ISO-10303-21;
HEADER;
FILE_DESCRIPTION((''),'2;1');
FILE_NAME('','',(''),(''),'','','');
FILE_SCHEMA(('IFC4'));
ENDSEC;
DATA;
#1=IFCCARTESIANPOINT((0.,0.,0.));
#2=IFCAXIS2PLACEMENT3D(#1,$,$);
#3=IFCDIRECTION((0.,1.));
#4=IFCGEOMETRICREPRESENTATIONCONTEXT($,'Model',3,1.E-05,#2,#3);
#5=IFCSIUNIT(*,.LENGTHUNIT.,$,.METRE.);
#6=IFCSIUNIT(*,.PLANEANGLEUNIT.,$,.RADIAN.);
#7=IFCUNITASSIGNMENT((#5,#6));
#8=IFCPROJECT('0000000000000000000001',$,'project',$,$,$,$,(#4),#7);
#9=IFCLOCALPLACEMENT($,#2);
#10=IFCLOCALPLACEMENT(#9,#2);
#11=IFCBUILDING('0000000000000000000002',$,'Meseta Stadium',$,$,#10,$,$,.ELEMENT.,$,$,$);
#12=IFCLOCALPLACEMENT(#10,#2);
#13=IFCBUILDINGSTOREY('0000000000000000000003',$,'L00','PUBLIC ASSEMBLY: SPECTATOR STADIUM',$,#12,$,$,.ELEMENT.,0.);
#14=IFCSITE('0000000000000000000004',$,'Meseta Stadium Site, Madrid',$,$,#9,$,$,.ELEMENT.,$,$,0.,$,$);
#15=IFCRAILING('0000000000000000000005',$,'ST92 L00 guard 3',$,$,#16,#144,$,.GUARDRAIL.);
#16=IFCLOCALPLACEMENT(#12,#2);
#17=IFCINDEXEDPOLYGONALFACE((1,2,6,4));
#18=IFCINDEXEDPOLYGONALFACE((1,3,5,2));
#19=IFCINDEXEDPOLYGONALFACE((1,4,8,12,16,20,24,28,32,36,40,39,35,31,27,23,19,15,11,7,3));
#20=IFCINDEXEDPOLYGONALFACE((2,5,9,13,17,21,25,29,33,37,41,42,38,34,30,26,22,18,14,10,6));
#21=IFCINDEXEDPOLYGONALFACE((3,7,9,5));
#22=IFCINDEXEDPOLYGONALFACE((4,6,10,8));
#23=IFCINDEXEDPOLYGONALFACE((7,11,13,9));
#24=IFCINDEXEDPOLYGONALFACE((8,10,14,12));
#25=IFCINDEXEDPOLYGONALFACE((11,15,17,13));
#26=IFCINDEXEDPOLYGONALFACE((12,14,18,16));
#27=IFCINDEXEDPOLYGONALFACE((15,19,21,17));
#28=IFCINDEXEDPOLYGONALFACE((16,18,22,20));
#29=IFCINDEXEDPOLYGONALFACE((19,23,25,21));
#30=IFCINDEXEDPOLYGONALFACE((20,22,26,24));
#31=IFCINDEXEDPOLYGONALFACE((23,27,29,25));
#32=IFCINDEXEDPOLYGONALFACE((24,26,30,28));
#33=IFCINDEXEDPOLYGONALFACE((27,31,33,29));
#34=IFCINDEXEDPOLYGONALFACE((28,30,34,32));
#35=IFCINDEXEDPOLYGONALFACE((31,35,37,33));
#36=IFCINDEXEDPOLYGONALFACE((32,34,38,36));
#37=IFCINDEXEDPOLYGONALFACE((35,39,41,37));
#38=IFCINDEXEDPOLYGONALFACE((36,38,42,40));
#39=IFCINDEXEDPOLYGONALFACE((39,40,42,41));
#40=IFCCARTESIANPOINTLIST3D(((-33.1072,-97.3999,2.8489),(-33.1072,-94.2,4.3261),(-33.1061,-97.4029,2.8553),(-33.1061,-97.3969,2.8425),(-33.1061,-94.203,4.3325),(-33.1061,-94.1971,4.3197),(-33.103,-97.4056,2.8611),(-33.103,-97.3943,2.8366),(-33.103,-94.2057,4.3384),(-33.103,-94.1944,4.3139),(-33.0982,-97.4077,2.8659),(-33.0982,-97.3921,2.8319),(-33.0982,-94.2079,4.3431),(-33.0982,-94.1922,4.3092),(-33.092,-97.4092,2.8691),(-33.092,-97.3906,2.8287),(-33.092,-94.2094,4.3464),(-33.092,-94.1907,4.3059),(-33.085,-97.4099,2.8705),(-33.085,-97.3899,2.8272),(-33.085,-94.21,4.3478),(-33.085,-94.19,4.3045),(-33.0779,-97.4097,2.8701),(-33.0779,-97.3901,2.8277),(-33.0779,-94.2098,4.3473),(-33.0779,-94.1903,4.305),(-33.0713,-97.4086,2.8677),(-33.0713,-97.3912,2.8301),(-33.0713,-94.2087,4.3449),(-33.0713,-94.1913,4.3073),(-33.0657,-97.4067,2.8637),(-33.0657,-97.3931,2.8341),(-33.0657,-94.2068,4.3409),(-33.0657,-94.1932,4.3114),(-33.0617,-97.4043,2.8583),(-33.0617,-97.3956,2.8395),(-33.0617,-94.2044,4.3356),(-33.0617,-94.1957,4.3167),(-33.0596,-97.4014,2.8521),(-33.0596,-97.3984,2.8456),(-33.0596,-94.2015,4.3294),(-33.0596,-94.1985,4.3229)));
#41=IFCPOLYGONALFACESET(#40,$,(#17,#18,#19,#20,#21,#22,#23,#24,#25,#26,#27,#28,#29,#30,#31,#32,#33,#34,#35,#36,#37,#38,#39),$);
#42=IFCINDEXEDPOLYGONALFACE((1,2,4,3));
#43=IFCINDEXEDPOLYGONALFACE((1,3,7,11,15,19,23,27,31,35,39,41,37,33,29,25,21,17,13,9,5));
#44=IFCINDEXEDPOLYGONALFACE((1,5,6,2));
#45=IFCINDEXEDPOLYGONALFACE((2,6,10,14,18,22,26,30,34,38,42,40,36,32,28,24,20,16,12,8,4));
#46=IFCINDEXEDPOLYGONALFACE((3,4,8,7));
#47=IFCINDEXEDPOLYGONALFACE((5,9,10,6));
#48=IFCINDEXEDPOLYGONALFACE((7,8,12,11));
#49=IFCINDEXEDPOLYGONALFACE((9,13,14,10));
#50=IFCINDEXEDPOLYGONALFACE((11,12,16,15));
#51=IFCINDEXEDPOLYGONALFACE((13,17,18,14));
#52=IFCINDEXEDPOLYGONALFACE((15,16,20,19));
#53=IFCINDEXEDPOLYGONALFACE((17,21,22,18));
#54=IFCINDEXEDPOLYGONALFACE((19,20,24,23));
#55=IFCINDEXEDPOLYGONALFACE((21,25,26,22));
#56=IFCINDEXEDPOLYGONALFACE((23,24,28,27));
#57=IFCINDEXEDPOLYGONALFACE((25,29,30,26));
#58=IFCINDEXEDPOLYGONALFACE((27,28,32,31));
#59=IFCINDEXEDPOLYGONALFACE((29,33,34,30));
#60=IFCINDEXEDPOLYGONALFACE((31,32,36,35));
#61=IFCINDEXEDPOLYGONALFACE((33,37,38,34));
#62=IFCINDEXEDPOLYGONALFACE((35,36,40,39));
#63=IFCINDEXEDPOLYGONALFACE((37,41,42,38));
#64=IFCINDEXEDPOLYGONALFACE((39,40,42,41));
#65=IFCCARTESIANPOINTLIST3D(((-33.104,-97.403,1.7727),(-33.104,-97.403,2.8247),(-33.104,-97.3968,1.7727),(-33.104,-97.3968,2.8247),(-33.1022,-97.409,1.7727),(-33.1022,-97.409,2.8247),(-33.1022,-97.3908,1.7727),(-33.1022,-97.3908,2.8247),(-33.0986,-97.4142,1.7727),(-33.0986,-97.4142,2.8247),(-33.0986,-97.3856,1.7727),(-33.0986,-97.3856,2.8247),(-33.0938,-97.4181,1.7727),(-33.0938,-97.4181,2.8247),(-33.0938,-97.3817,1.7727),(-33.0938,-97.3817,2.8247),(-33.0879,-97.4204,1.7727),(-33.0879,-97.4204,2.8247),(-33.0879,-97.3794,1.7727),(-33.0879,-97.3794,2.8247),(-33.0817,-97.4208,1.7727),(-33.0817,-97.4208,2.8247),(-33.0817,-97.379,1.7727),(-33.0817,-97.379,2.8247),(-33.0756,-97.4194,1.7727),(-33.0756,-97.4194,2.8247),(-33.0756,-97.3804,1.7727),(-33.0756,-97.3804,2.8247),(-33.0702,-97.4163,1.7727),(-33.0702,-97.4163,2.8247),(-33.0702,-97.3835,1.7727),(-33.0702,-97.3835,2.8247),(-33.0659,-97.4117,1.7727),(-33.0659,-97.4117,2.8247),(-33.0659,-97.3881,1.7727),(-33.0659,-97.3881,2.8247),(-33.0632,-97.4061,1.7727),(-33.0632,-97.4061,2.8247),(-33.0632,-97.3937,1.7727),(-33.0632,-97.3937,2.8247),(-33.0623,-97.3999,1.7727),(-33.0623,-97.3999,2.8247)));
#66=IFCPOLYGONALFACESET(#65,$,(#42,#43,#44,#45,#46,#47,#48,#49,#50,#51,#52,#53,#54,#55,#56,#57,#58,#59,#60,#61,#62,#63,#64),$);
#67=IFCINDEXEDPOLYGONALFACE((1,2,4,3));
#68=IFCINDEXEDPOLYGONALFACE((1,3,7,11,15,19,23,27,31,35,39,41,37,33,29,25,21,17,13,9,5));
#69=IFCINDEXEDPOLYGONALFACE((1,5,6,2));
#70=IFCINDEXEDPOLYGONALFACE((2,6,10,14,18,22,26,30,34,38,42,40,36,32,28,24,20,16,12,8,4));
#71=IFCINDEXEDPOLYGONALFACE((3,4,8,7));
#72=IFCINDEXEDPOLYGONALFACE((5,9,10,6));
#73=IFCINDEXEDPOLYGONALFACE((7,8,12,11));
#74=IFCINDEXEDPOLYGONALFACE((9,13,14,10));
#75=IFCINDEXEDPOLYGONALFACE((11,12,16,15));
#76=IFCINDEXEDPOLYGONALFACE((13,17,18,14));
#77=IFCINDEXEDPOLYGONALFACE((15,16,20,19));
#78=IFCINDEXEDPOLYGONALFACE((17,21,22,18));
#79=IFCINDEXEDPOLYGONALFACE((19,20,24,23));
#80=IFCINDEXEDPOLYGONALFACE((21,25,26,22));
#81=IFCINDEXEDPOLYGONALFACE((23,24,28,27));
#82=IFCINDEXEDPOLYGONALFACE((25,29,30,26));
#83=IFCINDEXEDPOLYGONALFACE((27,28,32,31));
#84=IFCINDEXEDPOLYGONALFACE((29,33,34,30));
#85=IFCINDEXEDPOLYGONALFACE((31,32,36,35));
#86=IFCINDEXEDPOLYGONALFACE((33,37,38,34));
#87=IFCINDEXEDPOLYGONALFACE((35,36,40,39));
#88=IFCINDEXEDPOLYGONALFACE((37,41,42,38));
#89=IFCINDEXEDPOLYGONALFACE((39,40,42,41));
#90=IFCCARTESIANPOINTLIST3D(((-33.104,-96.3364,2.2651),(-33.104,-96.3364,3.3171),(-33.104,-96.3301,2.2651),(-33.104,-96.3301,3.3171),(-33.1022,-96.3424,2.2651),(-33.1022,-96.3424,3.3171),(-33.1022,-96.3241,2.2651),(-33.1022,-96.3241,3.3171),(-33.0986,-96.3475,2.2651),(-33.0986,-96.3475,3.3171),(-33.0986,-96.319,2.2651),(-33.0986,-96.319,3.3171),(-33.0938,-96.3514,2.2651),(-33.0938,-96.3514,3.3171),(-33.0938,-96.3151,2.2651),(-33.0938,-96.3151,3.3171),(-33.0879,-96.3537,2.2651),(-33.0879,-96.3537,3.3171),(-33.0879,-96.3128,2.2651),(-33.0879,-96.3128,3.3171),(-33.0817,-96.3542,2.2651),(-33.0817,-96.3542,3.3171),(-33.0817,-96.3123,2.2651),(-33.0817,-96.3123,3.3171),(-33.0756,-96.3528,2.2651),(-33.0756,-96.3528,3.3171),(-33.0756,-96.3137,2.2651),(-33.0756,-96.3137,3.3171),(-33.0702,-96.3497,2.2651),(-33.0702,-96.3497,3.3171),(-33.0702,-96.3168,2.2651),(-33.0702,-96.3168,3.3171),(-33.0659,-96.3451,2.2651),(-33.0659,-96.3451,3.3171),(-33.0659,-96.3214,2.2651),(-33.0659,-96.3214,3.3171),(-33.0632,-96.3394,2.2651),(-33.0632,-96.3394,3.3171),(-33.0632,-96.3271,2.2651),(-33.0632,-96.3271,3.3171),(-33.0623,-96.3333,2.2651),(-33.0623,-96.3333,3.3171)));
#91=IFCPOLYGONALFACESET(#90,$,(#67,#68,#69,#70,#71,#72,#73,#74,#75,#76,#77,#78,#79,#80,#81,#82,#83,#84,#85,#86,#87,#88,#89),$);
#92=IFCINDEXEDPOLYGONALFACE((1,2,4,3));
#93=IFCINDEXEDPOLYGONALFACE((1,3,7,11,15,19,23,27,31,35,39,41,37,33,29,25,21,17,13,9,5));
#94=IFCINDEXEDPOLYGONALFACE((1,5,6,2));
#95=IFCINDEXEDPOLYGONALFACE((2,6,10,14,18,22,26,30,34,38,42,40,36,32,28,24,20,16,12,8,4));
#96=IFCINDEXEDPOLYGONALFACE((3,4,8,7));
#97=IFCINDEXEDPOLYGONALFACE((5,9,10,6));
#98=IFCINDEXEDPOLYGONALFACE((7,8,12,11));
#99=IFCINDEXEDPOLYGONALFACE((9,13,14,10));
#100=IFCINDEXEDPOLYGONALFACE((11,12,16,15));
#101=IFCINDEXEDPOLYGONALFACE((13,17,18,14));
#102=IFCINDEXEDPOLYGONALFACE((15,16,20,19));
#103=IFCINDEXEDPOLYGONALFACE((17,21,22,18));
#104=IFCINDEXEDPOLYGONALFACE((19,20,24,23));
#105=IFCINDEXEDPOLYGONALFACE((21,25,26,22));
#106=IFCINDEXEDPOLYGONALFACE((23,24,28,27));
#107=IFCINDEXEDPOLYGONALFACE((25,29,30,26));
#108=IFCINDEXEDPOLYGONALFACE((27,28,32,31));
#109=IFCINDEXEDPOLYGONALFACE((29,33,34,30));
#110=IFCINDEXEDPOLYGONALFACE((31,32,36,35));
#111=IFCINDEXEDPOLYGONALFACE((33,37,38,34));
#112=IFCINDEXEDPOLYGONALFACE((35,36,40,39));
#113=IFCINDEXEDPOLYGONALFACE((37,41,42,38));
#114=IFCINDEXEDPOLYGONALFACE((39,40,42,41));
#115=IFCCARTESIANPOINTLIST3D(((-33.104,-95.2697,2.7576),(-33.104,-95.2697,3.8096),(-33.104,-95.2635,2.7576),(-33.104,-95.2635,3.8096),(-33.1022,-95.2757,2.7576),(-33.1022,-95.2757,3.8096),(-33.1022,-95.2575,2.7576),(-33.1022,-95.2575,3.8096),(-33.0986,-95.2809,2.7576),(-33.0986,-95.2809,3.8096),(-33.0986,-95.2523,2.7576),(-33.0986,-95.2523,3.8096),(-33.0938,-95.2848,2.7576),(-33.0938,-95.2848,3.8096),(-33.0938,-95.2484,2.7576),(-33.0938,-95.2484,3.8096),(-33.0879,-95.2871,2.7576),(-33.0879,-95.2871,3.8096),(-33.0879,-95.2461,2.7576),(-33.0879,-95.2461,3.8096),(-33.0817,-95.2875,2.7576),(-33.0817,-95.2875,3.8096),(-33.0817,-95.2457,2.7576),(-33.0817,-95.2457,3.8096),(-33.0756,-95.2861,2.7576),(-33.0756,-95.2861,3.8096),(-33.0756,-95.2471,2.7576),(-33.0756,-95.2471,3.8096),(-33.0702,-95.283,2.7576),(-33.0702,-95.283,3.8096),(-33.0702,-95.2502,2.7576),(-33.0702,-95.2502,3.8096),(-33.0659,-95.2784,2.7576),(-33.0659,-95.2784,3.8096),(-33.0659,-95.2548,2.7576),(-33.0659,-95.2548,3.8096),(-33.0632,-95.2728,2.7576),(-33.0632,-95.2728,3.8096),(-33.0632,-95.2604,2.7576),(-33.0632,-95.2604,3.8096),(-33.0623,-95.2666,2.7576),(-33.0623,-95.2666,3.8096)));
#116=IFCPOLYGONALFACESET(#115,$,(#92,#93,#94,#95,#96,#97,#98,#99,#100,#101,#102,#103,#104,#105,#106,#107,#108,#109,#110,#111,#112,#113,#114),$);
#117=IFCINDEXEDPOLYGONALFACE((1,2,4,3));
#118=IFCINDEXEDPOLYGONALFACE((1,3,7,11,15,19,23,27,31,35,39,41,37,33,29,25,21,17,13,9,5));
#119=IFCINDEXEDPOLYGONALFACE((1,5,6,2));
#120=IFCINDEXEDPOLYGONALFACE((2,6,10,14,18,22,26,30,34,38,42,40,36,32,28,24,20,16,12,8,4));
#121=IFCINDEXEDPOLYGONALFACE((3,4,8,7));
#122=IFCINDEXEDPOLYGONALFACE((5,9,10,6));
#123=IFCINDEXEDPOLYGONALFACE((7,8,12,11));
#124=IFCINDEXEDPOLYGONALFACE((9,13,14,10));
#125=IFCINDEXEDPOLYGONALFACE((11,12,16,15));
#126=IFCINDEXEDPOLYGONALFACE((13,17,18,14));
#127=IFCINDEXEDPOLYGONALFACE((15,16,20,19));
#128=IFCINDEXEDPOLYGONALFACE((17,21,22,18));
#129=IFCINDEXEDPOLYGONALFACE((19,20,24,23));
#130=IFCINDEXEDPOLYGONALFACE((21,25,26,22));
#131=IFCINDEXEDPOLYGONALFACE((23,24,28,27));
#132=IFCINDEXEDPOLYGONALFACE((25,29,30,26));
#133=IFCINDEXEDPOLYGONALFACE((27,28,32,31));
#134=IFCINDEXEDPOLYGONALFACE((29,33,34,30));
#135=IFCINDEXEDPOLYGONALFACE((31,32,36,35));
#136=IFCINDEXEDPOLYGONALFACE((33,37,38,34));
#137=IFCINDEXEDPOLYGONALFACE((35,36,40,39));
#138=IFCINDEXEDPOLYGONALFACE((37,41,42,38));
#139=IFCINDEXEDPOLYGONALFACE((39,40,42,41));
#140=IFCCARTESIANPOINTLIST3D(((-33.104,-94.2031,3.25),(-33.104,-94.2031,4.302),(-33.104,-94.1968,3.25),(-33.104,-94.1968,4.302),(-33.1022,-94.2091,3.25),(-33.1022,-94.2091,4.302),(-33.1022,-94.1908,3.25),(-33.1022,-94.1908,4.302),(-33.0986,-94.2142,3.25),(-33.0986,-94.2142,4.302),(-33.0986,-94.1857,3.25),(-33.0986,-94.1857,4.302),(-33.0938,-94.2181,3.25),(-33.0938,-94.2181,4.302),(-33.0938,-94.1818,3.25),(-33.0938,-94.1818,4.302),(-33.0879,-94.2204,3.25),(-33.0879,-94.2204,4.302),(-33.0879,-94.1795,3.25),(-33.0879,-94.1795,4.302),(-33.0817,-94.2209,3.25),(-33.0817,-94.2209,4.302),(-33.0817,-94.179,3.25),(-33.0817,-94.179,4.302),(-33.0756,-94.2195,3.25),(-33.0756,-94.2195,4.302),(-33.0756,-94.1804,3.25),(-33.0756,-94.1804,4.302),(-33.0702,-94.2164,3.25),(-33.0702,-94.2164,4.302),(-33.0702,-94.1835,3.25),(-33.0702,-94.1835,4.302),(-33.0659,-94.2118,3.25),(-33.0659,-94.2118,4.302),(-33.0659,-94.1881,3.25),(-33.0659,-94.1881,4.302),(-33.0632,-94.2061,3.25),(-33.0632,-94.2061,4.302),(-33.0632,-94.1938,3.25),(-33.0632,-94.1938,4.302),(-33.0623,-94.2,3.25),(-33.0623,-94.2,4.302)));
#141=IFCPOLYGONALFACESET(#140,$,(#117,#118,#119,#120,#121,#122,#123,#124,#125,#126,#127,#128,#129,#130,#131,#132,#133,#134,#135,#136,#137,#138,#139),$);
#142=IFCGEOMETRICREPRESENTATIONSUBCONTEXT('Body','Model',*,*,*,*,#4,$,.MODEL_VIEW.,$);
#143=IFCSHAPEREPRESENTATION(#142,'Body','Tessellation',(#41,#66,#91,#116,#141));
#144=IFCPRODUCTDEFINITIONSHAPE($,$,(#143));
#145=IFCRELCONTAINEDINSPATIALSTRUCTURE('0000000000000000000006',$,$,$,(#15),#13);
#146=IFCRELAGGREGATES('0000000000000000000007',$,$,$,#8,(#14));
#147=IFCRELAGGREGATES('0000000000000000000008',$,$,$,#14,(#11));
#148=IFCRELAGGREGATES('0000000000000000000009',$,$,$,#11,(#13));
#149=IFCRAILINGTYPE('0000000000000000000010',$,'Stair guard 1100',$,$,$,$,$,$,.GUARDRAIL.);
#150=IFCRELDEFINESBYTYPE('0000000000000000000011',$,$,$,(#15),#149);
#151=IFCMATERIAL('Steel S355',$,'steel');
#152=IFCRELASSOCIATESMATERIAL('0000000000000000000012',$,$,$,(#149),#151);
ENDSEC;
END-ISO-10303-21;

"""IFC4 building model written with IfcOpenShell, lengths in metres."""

from ifc_helpers import new_model, si_unit, direction, frame, origin, origin_2d, place, context, subcontext, project, spatial, circle, extrude, material, type_object, element, save


model = new_model("IFC4")

# Units and contexts
model_context = context("Model", 3, precision=1e-05, world=origin(), true_north=direction((0.0, 1.0)))
body_context = subcontext(model_context, "Body", "Model", "MODEL_VIEW")
ifc_project = project(units=[si_unit("LENGTHUNIT", "METRE"), si_unit("PLANEANGLEUNIT", "RADIAN")], contexts=[model_context])

# Site, building, storey
site_placement = place(None, origin())
site = spatial("IfcSite", under=ifc_project, at=site_placement, Name="Meseta Stadium Site, Madrid", CompositionType="ELEMENT", RefElevation=0.0)
building_placement = place(site_placement, origin())
building = spatial("IfcBuilding", under=site, at=building_placement, Name="Meseta Stadium", CompositionType="ELEMENT")
storey_placement = place(building_placement, origin())
storey = spatial("IfcBuildingStorey", under=building, at=storey_placement, Name="L00", Description="PUBLIC ASSEMBLY: SPECTATOR STADIUM", CompositionType="ELEMENT", Elevation=0.0)

# Railing
ifc_material_1 = material(Name="Steel S355", Category="steel")
railing_type_1 = type_object("IfcRailingType", Name="Stair guard 1100", PredefinedType="GUARDRAIL", material=ifc_material_1)
railing_1_placement = place(storey_placement, frame((-33.0833, -97.3999, 1.7727)))
element("IfcRailing", 1, at=railing_1_placement, inside=storey, type_object=railing_type_1, Name="ST92 L00 guard 3", PredefinedType="GUARDRAIL", context=body_context, shape_type="SweptSolid", body=[
    extrude(circle(Radius=0.0239, at=origin_2d()), frame((0.0, 0.0, 1.0762), z_axis=(0.0, 0.907917, 0.41915), x_axis=(-1.0, 0.0, 0.0)), (0.0, 0.0, 1.0), 3.5244),
    extrude(circle(Radius=0.021, at=origin_2d()), origin(), (0.0, 0.0, 1.0), 1.052),
    extrude(circle(Radius=0.021, at=origin_2d()), frame((0.0, 1.0667, 0.4924)), (0.0, 0.0, 1.0), 1.052),
    extrude(circle(Radius=0.021, at=origin_2d()), frame((0.0, 2.1333, 0.9849)), (0.0, 0.0, 1.0), 1.052),
    extrude(circle(Radius=0.021, at=origin_2d()), frame((0.0, 3.2, 1.4773)), (0.0, 0.0, 1.0), 1.052),
])

save(model, "model.ifc")
